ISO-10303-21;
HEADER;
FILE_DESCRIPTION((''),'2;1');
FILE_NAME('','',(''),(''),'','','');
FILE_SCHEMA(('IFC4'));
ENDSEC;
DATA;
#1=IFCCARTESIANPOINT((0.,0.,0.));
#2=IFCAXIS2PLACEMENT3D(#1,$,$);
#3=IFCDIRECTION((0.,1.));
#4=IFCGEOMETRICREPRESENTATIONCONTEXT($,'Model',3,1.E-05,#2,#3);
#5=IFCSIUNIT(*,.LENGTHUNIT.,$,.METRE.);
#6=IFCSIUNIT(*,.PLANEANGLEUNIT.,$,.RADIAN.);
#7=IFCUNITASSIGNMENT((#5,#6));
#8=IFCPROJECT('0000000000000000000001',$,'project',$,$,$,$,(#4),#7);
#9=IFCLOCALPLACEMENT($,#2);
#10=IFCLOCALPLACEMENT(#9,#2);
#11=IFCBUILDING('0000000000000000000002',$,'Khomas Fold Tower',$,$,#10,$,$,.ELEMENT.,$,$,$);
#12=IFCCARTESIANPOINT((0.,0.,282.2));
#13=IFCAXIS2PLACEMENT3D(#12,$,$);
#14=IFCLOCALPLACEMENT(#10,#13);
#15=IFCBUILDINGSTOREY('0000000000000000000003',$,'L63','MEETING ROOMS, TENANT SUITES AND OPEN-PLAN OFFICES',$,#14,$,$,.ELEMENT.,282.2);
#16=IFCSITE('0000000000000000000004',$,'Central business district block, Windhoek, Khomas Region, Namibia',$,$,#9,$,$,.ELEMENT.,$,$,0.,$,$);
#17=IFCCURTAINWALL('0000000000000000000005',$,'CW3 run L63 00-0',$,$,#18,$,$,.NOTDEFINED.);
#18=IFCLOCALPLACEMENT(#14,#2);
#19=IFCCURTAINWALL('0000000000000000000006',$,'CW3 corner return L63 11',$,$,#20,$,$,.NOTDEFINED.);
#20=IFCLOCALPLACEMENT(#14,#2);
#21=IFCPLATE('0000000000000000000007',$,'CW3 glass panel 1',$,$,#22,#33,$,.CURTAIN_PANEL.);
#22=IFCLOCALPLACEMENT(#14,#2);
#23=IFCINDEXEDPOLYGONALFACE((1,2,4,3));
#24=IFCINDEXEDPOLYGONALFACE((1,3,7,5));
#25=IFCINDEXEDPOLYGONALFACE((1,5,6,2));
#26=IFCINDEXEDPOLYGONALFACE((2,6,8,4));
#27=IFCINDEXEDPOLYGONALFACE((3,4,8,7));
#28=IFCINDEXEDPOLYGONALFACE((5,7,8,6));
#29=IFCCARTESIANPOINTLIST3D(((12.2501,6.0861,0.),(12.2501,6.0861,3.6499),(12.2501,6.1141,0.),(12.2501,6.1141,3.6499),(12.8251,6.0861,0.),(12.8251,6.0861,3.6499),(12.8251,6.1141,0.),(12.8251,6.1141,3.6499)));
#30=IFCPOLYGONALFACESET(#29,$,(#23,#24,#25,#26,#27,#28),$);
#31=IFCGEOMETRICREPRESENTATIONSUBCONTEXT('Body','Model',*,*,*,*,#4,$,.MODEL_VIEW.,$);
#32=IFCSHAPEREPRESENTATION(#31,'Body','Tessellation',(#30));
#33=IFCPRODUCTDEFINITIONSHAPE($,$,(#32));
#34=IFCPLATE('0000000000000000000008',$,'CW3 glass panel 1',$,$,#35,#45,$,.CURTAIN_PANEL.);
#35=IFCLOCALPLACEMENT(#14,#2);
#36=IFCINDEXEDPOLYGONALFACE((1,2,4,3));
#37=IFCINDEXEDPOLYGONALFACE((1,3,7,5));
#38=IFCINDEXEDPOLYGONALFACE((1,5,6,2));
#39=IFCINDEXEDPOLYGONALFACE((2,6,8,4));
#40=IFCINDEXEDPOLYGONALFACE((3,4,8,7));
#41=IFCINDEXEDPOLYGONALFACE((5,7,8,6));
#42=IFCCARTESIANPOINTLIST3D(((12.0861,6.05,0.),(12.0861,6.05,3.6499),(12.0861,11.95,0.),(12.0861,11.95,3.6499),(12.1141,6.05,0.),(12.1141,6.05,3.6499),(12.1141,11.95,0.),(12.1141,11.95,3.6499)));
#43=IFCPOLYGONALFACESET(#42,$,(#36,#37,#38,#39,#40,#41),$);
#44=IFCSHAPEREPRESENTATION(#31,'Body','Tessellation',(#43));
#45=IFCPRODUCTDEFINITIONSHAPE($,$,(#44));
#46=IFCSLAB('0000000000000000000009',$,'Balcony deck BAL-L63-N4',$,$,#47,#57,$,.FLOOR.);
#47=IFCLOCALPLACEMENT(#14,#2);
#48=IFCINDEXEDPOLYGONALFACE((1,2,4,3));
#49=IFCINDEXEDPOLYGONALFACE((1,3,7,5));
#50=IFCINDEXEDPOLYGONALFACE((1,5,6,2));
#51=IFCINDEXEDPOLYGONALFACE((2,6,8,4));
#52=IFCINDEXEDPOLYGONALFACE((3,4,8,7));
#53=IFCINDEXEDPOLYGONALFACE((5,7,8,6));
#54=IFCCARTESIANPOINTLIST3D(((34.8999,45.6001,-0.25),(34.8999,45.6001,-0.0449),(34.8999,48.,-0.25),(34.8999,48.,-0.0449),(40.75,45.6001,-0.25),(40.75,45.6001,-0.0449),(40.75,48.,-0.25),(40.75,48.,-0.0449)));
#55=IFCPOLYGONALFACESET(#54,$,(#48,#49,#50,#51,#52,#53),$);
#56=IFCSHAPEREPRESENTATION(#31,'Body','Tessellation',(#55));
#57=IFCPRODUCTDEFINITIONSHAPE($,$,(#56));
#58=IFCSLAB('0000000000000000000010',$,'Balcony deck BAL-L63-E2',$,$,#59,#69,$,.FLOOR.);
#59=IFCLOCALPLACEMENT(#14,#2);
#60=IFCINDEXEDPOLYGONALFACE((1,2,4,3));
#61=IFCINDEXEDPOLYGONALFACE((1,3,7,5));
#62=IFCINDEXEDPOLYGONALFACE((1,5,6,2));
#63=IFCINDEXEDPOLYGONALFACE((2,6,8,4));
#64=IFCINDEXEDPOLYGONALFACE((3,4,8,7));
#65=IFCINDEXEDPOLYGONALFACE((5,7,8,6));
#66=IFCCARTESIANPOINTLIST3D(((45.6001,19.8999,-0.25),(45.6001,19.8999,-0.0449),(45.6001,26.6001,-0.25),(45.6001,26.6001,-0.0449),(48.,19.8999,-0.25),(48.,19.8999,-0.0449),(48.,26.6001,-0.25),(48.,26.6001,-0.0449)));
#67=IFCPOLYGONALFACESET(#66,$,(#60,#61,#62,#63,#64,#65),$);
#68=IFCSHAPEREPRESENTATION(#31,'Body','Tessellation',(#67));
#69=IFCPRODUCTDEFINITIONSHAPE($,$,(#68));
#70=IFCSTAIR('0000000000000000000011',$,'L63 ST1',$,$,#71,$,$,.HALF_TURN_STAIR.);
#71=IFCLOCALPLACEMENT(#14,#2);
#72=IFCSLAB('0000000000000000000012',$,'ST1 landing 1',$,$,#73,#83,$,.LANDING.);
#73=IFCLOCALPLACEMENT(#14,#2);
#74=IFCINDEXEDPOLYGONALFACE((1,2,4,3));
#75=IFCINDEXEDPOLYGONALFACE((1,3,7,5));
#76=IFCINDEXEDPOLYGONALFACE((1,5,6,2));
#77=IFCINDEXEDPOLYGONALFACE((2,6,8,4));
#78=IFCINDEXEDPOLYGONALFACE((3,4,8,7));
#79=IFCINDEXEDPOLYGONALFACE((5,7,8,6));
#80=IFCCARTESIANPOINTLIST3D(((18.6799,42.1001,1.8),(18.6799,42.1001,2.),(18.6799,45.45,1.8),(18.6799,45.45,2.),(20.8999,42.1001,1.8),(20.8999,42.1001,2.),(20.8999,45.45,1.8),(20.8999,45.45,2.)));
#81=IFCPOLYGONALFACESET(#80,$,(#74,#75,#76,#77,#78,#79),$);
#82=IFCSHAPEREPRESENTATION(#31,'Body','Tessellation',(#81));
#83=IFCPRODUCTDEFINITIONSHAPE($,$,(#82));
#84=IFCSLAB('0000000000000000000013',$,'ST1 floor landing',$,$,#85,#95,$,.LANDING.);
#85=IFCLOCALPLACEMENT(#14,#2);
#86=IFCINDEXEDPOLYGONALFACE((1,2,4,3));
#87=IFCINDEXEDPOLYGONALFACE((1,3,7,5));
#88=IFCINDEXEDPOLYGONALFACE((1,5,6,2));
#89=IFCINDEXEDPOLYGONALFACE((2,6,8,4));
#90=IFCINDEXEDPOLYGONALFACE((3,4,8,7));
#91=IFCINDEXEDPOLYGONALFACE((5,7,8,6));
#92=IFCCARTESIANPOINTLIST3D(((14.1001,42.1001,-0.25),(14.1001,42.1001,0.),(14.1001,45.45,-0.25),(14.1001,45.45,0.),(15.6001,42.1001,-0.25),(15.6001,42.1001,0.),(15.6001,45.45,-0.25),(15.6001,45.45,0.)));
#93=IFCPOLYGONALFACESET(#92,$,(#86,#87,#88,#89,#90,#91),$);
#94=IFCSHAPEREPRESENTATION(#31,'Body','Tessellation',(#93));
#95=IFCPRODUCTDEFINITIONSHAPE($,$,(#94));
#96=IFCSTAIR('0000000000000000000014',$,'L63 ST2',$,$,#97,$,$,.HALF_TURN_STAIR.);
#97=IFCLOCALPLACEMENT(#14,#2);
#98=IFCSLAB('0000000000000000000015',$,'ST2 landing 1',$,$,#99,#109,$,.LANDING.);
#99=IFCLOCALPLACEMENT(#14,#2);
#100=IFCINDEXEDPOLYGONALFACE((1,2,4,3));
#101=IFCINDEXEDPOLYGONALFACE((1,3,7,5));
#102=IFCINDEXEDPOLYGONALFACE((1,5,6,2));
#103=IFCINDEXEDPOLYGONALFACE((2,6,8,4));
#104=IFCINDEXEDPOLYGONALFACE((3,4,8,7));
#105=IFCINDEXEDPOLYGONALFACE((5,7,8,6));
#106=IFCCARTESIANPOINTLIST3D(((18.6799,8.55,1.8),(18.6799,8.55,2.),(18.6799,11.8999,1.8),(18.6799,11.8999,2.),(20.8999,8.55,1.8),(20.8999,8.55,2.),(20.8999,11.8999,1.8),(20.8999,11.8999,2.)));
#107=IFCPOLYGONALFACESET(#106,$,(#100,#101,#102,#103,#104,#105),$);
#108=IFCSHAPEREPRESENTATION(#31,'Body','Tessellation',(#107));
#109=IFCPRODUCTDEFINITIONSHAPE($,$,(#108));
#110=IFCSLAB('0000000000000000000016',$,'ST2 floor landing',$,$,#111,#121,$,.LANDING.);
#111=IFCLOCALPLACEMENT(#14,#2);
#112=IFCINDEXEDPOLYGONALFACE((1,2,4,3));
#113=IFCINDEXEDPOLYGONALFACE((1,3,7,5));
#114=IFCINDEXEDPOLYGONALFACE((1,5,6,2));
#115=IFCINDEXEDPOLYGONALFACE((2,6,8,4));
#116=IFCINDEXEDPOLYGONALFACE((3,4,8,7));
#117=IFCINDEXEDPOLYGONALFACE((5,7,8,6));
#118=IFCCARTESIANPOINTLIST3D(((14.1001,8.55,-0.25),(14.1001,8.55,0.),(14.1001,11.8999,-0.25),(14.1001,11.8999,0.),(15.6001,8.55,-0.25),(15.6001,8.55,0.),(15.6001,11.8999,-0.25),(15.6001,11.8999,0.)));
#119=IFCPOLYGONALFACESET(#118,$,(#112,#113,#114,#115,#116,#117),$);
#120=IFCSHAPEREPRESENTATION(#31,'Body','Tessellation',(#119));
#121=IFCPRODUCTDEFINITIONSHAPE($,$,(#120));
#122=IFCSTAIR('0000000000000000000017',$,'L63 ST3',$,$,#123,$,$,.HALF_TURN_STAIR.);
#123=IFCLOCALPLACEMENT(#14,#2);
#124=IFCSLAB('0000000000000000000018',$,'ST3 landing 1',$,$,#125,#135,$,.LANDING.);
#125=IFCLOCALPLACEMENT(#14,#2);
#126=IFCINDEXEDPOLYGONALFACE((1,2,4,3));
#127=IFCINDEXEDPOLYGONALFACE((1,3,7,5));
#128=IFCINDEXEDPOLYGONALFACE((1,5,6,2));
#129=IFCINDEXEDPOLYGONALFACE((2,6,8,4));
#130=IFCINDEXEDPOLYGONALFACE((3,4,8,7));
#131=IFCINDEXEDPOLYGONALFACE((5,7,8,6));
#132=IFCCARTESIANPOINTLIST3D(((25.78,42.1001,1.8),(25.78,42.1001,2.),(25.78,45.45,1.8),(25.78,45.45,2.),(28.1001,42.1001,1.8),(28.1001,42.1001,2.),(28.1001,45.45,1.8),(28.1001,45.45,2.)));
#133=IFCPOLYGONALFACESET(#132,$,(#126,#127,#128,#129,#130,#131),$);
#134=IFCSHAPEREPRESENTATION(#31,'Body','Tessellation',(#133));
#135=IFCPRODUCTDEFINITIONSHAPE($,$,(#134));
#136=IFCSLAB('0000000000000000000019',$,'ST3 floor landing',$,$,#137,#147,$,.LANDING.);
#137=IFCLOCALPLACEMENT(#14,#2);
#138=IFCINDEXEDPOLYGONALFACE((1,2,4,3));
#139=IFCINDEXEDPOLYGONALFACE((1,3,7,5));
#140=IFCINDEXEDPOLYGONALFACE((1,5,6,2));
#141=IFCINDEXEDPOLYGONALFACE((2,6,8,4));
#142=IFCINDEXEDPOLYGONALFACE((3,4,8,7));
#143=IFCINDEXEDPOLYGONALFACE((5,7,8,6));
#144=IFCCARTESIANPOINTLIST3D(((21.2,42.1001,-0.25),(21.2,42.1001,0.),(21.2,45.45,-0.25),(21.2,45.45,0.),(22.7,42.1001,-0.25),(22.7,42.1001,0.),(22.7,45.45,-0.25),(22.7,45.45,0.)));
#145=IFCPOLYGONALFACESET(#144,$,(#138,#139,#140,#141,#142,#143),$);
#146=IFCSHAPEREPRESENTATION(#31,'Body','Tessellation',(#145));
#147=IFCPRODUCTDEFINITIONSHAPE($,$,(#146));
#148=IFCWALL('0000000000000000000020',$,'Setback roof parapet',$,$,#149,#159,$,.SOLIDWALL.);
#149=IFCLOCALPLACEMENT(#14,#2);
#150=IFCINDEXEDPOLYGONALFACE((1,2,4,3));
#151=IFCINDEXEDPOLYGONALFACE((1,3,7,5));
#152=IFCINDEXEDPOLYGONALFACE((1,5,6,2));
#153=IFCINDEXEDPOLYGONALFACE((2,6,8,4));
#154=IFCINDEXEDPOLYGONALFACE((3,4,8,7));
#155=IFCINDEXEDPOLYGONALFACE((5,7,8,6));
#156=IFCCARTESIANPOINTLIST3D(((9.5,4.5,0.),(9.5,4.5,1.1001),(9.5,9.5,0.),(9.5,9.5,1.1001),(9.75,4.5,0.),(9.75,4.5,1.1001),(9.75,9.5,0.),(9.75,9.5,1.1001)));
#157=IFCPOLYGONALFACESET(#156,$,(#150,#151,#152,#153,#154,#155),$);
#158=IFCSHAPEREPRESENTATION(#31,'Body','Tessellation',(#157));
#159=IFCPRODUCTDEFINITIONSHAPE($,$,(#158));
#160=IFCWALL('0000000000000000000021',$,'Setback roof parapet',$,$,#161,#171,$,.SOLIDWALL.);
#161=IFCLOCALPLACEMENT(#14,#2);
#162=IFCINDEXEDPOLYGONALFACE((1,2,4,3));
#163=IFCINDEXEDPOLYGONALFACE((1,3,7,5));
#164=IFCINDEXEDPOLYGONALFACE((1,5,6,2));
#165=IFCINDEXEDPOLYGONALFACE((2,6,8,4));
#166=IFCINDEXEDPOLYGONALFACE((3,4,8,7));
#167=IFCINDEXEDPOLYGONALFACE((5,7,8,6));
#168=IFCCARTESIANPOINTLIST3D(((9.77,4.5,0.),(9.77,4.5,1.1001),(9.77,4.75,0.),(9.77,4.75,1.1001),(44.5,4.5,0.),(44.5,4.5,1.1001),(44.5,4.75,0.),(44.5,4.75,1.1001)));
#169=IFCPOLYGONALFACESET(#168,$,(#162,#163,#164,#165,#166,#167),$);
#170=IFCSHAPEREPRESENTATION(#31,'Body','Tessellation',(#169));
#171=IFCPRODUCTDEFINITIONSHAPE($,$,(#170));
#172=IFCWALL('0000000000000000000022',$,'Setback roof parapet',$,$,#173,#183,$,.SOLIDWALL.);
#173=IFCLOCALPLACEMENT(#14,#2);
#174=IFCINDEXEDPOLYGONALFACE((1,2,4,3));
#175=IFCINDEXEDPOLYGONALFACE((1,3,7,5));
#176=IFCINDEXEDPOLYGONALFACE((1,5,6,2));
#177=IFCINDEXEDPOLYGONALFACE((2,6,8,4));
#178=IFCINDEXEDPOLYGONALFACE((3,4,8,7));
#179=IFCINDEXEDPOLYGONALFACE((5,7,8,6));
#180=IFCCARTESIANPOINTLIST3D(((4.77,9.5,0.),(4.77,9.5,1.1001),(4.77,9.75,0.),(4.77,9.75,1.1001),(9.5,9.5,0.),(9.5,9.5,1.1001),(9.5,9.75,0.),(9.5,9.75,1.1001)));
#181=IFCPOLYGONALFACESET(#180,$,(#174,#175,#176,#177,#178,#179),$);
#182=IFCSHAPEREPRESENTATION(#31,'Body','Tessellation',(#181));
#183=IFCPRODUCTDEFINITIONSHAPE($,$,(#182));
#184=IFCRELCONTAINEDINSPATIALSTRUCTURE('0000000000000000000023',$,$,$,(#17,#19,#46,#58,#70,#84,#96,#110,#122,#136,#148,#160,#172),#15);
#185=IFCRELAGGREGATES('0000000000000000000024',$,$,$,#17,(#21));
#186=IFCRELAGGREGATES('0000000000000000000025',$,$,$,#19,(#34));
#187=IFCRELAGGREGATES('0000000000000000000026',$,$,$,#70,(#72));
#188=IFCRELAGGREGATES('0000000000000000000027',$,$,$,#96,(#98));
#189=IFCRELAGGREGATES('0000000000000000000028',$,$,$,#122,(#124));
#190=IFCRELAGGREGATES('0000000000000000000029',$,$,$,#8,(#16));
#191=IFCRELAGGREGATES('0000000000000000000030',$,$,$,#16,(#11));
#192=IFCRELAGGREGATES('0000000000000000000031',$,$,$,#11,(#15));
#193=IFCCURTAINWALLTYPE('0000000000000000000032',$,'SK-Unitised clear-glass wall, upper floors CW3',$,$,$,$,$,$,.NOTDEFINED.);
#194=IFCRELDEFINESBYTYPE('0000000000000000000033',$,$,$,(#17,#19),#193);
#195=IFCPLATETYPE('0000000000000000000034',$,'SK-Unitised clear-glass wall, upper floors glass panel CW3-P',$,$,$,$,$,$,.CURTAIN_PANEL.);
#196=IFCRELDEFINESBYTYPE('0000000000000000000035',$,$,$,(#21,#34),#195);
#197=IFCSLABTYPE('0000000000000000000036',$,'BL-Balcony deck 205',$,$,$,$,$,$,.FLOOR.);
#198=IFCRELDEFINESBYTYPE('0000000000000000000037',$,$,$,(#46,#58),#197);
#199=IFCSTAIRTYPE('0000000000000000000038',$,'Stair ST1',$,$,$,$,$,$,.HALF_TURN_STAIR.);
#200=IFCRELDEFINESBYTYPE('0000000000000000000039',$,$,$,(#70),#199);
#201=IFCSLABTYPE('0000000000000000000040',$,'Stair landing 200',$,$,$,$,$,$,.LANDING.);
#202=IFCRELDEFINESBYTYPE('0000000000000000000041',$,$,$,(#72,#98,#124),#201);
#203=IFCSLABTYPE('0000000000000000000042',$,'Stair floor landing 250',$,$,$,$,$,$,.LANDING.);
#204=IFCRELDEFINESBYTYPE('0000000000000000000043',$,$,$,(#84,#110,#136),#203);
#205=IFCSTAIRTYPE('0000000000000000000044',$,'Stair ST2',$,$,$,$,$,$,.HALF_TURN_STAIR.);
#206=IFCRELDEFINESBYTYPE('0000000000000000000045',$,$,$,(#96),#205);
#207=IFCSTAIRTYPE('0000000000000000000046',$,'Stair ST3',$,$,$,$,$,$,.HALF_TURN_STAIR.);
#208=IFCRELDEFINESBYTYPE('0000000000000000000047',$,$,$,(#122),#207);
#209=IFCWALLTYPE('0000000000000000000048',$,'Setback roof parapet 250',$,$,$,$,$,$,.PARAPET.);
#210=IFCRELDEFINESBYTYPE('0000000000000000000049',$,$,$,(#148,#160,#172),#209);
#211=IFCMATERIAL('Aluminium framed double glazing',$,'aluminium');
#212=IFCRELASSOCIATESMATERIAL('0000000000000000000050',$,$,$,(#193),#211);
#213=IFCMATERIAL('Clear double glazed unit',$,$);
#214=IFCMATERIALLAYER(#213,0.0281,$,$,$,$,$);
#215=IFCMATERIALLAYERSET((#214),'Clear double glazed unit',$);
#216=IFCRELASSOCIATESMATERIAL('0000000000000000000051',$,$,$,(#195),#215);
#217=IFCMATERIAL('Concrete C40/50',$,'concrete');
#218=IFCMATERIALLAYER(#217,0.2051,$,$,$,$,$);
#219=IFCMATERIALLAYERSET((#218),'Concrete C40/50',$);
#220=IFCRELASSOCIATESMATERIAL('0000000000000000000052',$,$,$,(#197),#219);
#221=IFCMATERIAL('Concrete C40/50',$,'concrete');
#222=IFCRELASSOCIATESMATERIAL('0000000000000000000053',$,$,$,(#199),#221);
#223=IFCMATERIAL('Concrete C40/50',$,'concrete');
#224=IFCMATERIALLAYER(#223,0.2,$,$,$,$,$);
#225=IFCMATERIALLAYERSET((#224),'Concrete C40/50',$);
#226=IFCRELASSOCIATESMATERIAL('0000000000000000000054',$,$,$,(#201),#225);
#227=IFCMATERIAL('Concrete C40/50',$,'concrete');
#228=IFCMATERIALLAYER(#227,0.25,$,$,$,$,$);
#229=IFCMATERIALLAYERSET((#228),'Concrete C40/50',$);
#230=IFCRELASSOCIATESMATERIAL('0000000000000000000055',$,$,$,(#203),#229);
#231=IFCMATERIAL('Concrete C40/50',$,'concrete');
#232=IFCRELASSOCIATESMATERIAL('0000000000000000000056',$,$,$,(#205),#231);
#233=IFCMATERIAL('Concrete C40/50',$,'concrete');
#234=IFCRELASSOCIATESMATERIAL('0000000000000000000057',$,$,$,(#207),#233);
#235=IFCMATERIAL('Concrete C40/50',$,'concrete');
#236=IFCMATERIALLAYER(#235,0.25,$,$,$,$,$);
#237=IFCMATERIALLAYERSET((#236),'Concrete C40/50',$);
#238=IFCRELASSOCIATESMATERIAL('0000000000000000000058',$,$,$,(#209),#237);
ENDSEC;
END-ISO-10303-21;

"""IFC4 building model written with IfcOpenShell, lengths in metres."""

from ifc_helpers import new_model, si_unit, direction, frame, frame_2d, origin, origin_2d, place, context, subcontext, project, spatial, polyline, rectangle, outline, extrude, source, transform, mapped, material, layer, layer_set, type_object, element, aggregate, save


model = new_model("IFC4")

# Units and contexts
model_context = context("Model", 3, precision=1e-05, world=origin(), true_north=direction((0.0, 1.0)))
body_context = subcontext(model_context, "Body", "Model", "MODEL_VIEW")
ifc_project = project(units=[si_unit("LENGTHUNIT", "METRE"), si_unit("PLANEANGLEUNIT", "RADIAN")], contexts=[model_context])

# Site, building, storey
site_placement = place(None, origin())
site = spatial("IfcSite", under=ifc_project, at=site_placement, Name="Central business district block, Windhoek, Khomas Region, Namibia", CompositionType="ELEMENT", RefElevation=0.0)
building_placement = place(site_placement, origin())
building = spatial("IfcBuilding", under=site, at=building_placement, Name="Khomas Fold Tower", CompositionType="ELEMENT")
storey_placement = place(building_placement, frame((0.0, 0.0, 282.2)))
storey = spatial("IfcBuildingStorey", under=building, at=storey_placement, Name="L63", Description="MEETING ROOMS, TENANT SUITES AND OPEN-PLAN OFFICES", CompositionType="ELEMENT", Elevation=282.2)

# Curtain wall
ifc_material_1 = material(Name="Aluminium framed double glazing", Category="aluminium")
curtain_wall_type = type_object("IfcCurtainWallType", Name="SK-Unitised clear-glass wall, upper floors CW3", PredefinedType="NOTDEFINED", material=ifc_material_1)
curtain_wall_1_placement = place(storey_placement, origin())
curtain_wall_1 = element("IfcCurtainWall", 1, at=curtain_wall_1_placement, inside=storey, type_object=curtain_wall_type, Name="CW3 run L63 00-0", PredefinedType="NOTDEFINED")

# Curtain wall
curtain_wall_2_placement = place(storey_placement, origin())
curtain_wall_2 = element("IfcCurtainWall", 2, at=curtain_wall_2_placement, inside=storey, type_object=curtain_wall_type, Name="CW3 corner return L63 11", PredefinedType="NOTDEFINED")

# Plates
ifc_material_2 = material(Name="Clear double glazed unit")
ifc_layer_1 = layer(ifc_material_2, 0.0281)
ifc_layer_set_1 = layer_set([ifc_layer_1], Name="Clear double glazed unit")
plate_type_1 = type_object("IfcPlateType", Name="SK-Unitised clear-glass wall, upper floors glass panel CW3-P", PredefinedType="CURTAIN_PANEL", material=ifc_layer_set_1)
shared_shape_1 = source(origin(), body_context, "Body", "SweptSolid", [
    extrude(rectangle(XDim=0.575, YDim=0.0281, at=origin_2d()), origin(), (0.0, 0.0, 1.0), 3.6499),
])
plate_1_placement = place(storey_placement, frame((12.5376, 6.1001, 0.0), z_axis=(0.0, 0.0, 1.0), x_axis=(1.0, 0.0, 0.0)))
plate_1 = element("IfcPlate", 3, at=plate_1_placement, type_object=plate_type_1, Name="CW3 glass panel 1", PredefinedType="CURTAIN_PANEL", context=body_context, shape_type="MappedRepresentation", body=[
    mapped(shared_shape_1, transform((0.0, 0.0, 0.0))),
])
aggregate(curtain_wall_1, [plate_1])
shared_shape_2 = source(origin(), body_context, "Body", "SweptSolid", [
    extrude(rectangle(XDim=5.8999, YDim=0.0281, at=origin_2d()), origin(), (0.0, 0.0, 1.0), 3.6499),
])
plate_2_placement = place(storey_placement, frame((12.1001, 9.0, 0.0), z_axis=(0.0, 0.0, 1.0), x_axis=(0.0, -1.0, 0.0)))
plate_2 = element("IfcPlate", 4, at=plate_2_placement, type_object=plate_type_1, Name="CW3 glass panel 1", PredefinedType="CURTAIN_PANEL", context=body_context, shape_type="MappedRepresentation", body=[
    mapped(shared_shape_2, transform((0.0, 0.0, 0.0))),
])
aggregate(curtain_wall_2, [plate_2])

# Slabs
ifc_material_3 = material(Name="Concrete C40/50", Category="concrete")
ifc_layer_2 = layer(ifc_material_3, 0.2051)
ifc_layer_set_2 = layer_set([ifc_layer_2], Name="Concrete C40/50")
slab_type_1 = type_object("IfcSlabType", Name="BL-Balcony deck 205", PredefinedType="FLOOR", material=ifc_layer_set_2)
shared_shape_3 = source(origin(), body_context, "Body", "SweptSolid", [
    extrude(outline(polyline([(34.8999, 45.6001), (40.75, 45.6001), (40.75, 48.0), (34.8999, 48.0), (34.8999, 45.6001)])), origin(), (0.0, 0.0, 1.0), 0.2051),
])
slab_1_placement = place(storey_placement, frame((0.0, 0.0, -0.25)))
element("IfcSlab", 5, at=slab_1_placement, inside=storey, type_object=slab_type_1, Name="Balcony deck BAL-L63-N4", PredefinedType="FLOOR", context=body_context, shape_type="MappedRepresentation", body=[
    mapped(shared_shape_3, transform((0.0, 0.0, 0.0))),
])
shared_shape_4 = source(origin(), body_context, "Body", "SweptSolid", [
    extrude(outline(polyline([(45.6001, 19.8999), (48.0, 19.8999), (48.0, 26.6001), (45.6001, 26.6001), (45.6001, 19.8999)])), origin(), (0.0, 0.0, 1.0), 0.2051),
])
slab_2_placement = place(storey_placement, frame((0.0, 0.0, -0.25)))
element("IfcSlab", 6, at=slab_2_placement, inside=storey, type_object=slab_type_1, Name="Balcony deck BAL-L63-E2", PredefinedType="FLOOR", context=body_context, shape_type="MappedRepresentation", body=[
    mapped(shared_shape_4, transform((0.0, 0.0, 0.0))),
])

# Stair, slab
ifc_material_4 = material(Name="Concrete C40/50", Category="concrete")
stair_type_1 = type_object("IfcStairType", Name="Stair ST1", PredefinedType="HALF_TURN_STAIR", material=ifc_material_4)
stair_1_placement = place(storey_placement, origin())
stair_1 = element("IfcStair", 7, at=stair_1_placement, inside=storey, type_object=stair_type_1, Name="L63 ST1", PredefinedType="HALF_TURN_STAIR")
ifc_material_5 = material(Name="Concrete C40/50", Category="concrete")
ifc_layer_3 = layer(ifc_material_5, 0.2)
ifc_layer_set_3 = layer_set([ifc_layer_3], Name="Concrete C40/50")
slab_type_2 = type_object("IfcSlabType", Name="Stair landing 200", PredefinedType="LANDING", material=ifc_layer_set_3)
shared_shape_5 = source(origin(), body_context, "Body", "SweptSolid", [
    extrude(outline(polyline([(18.6799, 42.1001), (20.8999, 42.1001), (20.8999, 45.45), (18.6799, 45.45), (18.6799, 42.1001)])), origin(), (0.0, 0.0, 1.0), 0.2),
])
slab_3_placement = place(storey_placement, frame((0.0, 0.0, 1.8)))
slab_3 = element("IfcSlab", 8, at=slab_3_placement, type_object=slab_type_2, Name="ST1 landing 1", PredefinedType="LANDING", context=body_context, shape_type="MappedRepresentation", body=[
    mapped(shared_shape_5, transform((0.0, 0.0, 0.0))),
])
aggregate(stair_1, [slab_3])

# Slab
ifc_material_6 = material(Name="Concrete C40/50", Category="concrete")
ifc_layer_4 = layer(ifc_material_6, 0.25)
ifc_layer_set_4 = layer_set([ifc_layer_4], Name="Concrete C40/50")
slab_type_3 = type_object("IfcSlabType", Name="Stair floor landing 250", PredefinedType="LANDING", material=ifc_layer_set_4)
shared_shape_6 = source(origin(), body_context, "Body", "SweptSolid", [
    extrude(outline(polyline([(14.1001, 42.1001), (14.1001, 45.45), (15.6001, 45.45), (15.6001, 42.1001), (14.1001, 42.1001)])), origin(), (0.0, 0.0, 1.0), 0.25),
])
slab_4_placement = place(storey_placement, frame((0.0, 0.0, -0.25)))
element("IfcSlab", 9, at=slab_4_placement, inside=storey, type_object=slab_type_3, Name="ST1 floor landing", PredefinedType="LANDING", context=body_context, shape_type="MappedRepresentation", body=[
    mapped(shared_shape_6, transform((0.0, 0.0, 0.0))),
])

# Stair, slab
ifc_material_7 = material(Name="Concrete C40/50", Category="concrete")
stair_type_2 = type_object("IfcStairType", Name="Stair ST2", PredefinedType="HALF_TURN_STAIR", material=ifc_material_7)
stair_2_placement = place(storey_placement, origin())
stair_2 = element("IfcStair", 10, at=stair_2_placement, inside=storey, type_object=stair_type_2, Name="L63 ST2", PredefinedType="HALF_TURN_STAIR")
shared_shape_7 = source(origin(), body_context, "Body", "SweptSolid", [
    extrude(outline(polyline([(18.6799, 8.55), (20.8999, 8.55), (20.8999, 11.8999), (18.6799, 11.8999), (18.6799, 8.55)])), origin(), (0.0, 0.0, 1.0), 0.2),
])
slab_5_placement = place(storey_placement, frame((0.0, 0.0, 1.8)))
slab_5 = element("IfcSlab", 11, at=slab_5_placement, type_object=slab_type_2, Name="ST2 landing 1", PredefinedType="LANDING", context=body_context, shape_type="MappedRepresentation", body=[
    mapped(shared_shape_7, transform((0.0, 0.0, 0.0))),
])
aggregate(stair_2, [slab_5])

# Slab
shared_shape_8 = source(origin(), body_context, "Body", "SweptSolid", [
    extrude(outline(polyline([(14.1001, 8.55), (14.1001, 11.8999), (15.6001, 11.8999), (15.6001, 8.55), (14.1001, 8.55)])), origin(), (0.0, 0.0, 1.0), 0.25),
])
slab_6_placement = place(storey_placement, frame((0.0, 0.0, -0.25)))
element("IfcSlab", 12, at=slab_6_placement, inside=storey, type_object=slab_type_3, Name="ST2 floor landing", PredefinedType="LANDING", context=body_context, shape_type="MappedRepresentation", body=[
    mapped(shared_shape_8, transform((0.0, 0.0, 0.0))),
])

# Stair, slab
ifc_material_8 = material(Name="Concrete C40/50", Category="concrete")
stair_type_3 = type_object("IfcStairType", Name="Stair ST3", PredefinedType="HALF_TURN_STAIR", material=ifc_material_8)
stair_3_placement = place(storey_placement, origin())
stair_3 = element("IfcStair", 13, at=stair_3_placement, inside=storey, type_object=stair_type_3, Name="L63 ST3", PredefinedType="HALF_TURN_STAIR")
shared_shape_9 = source(origin(), body_context, "Body", "SweptSolid", [
    extrude(outline(polyline([(25.78, 42.1001), (28.1001, 42.1001), (28.1001, 45.45), (25.78, 45.45), (25.78, 42.1001)])), origin(), (0.0, 0.0, 1.0), 0.2),
])
slab_7_placement = place(storey_placement, frame((0.0, 0.0, 1.8)))
slab_7 = element("IfcSlab", 14, at=slab_7_placement, type_object=slab_type_2, Name="ST3 landing 1", PredefinedType="LANDING", context=body_context, shape_type="MappedRepresentation", body=[
    mapped(shared_shape_9, transform((0.0, 0.0, 0.0))),
])
aggregate(stair_3, [slab_7])

# Slab
shared_shape_10 = source(origin(), body_context, "Body", "SweptSolid", [
    extrude(outline(polyline([(21.2, 42.1001), (21.2, 45.45), (22.7, 45.45), (22.7, 42.1001), (21.2, 42.1001)])), origin(), (0.0, 0.0, 1.0), 0.25),
])
slab_8_placement = place(storey_placement, frame((0.0, 0.0, -0.25)))
element("IfcSlab", 15, at=slab_8_placement, inside=storey, type_object=slab_type_3, Name="ST3 floor landing", PredefinedType="LANDING", context=body_context, shape_type="MappedRepresentation", body=[
    mapped(shared_shape_10, transform((0.0, 0.0, 0.0))),
])

# Walls
ifc_material_9 = material(Name="Concrete C40/50", Category="concrete")
ifc_layer_5 = layer(ifc_material_9, 0.25)
ifc_layer_set_5 = layer_set([ifc_layer_5], Name="Concrete C40/50")
wall_type = type_object("IfcWallType", Name="Setback roof parapet 250", PredefinedType="PARAPET", material=ifc_layer_set_5)
shared_shape_11 = source(origin(), body_context, "Body", "SweptSolid", [
    extrude(rectangle(XDim=5.0, YDim=0.25, at=frame_2d((2.5, 0.0))), origin(), (0.0, 0.0, 1.0), 1.1001),
])
wall_1_placement = place(storey_placement, frame((9.625, 9.5, 0.0), z_axis=(0.0, 0.0, 1.0), x_axis=(0.0, -1.0, 0.0)))
element("IfcWall", 16, at=wall_1_placement, inside=storey, type_object=wall_type, Name="Setback roof parapet", PredefinedType="SOLIDWALL", context=body_context, shape_type="MappedRepresentation", body=[
    mapped(shared_shape_11, transform((0.0, 0.0, 0.0))),
])
shared_shape_12 = source(origin(), body_context, "Body", "SweptSolid", [
    extrude(rectangle(XDim=34.73, YDim=0.25, at=frame_2d((17.365, 0.0))), origin(), (0.0, 0.0, 1.0), 1.1001),
])
wall_2_placement = place(storey_placement, frame((9.77, 4.625, 0.0), z_axis=(0.0, 0.0, 1.0), x_axis=(1.0, 0.0, 0.0)))
element("IfcWall", 17, at=wall_2_placement, inside=storey, type_object=wall_type, Name="Setback roof parapet", PredefinedType="SOLIDWALL", context=body_context, shape_type="MappedRepresentation", body=[
    mapped(shared_shape_12, transform((0.0, 0.0, 0.0))),
])
shared_shape_13 = source(origin(), body_context, "Body", "SweptSolid", [
    extrude(rectangle(XDim=4.73, YDim=0.25, at=frame_2d((2.365, 0.0))), origin(), (0.0, 0.0, 1.0), 1.1001),
])
wall_3_placement = place(storey_placement, frame((4.77, 9.625, 0.0), z_axis=(0.0, 0.0, 1.0), x_axis=(1.0, 0.0, 0.0)))
element("IfcWall", 18, at=wall_3_placement, inside=storey, type_object=wall_type, Name="Setback roof parapet", PredefinedType="SOLIDWALL", context=body_context, shape_type="MappedRepresentation", body=[
    mapped(shared_shape_13, transform((0.0, 0.0, 0.0))),
])

save(model, "model.ifc")
